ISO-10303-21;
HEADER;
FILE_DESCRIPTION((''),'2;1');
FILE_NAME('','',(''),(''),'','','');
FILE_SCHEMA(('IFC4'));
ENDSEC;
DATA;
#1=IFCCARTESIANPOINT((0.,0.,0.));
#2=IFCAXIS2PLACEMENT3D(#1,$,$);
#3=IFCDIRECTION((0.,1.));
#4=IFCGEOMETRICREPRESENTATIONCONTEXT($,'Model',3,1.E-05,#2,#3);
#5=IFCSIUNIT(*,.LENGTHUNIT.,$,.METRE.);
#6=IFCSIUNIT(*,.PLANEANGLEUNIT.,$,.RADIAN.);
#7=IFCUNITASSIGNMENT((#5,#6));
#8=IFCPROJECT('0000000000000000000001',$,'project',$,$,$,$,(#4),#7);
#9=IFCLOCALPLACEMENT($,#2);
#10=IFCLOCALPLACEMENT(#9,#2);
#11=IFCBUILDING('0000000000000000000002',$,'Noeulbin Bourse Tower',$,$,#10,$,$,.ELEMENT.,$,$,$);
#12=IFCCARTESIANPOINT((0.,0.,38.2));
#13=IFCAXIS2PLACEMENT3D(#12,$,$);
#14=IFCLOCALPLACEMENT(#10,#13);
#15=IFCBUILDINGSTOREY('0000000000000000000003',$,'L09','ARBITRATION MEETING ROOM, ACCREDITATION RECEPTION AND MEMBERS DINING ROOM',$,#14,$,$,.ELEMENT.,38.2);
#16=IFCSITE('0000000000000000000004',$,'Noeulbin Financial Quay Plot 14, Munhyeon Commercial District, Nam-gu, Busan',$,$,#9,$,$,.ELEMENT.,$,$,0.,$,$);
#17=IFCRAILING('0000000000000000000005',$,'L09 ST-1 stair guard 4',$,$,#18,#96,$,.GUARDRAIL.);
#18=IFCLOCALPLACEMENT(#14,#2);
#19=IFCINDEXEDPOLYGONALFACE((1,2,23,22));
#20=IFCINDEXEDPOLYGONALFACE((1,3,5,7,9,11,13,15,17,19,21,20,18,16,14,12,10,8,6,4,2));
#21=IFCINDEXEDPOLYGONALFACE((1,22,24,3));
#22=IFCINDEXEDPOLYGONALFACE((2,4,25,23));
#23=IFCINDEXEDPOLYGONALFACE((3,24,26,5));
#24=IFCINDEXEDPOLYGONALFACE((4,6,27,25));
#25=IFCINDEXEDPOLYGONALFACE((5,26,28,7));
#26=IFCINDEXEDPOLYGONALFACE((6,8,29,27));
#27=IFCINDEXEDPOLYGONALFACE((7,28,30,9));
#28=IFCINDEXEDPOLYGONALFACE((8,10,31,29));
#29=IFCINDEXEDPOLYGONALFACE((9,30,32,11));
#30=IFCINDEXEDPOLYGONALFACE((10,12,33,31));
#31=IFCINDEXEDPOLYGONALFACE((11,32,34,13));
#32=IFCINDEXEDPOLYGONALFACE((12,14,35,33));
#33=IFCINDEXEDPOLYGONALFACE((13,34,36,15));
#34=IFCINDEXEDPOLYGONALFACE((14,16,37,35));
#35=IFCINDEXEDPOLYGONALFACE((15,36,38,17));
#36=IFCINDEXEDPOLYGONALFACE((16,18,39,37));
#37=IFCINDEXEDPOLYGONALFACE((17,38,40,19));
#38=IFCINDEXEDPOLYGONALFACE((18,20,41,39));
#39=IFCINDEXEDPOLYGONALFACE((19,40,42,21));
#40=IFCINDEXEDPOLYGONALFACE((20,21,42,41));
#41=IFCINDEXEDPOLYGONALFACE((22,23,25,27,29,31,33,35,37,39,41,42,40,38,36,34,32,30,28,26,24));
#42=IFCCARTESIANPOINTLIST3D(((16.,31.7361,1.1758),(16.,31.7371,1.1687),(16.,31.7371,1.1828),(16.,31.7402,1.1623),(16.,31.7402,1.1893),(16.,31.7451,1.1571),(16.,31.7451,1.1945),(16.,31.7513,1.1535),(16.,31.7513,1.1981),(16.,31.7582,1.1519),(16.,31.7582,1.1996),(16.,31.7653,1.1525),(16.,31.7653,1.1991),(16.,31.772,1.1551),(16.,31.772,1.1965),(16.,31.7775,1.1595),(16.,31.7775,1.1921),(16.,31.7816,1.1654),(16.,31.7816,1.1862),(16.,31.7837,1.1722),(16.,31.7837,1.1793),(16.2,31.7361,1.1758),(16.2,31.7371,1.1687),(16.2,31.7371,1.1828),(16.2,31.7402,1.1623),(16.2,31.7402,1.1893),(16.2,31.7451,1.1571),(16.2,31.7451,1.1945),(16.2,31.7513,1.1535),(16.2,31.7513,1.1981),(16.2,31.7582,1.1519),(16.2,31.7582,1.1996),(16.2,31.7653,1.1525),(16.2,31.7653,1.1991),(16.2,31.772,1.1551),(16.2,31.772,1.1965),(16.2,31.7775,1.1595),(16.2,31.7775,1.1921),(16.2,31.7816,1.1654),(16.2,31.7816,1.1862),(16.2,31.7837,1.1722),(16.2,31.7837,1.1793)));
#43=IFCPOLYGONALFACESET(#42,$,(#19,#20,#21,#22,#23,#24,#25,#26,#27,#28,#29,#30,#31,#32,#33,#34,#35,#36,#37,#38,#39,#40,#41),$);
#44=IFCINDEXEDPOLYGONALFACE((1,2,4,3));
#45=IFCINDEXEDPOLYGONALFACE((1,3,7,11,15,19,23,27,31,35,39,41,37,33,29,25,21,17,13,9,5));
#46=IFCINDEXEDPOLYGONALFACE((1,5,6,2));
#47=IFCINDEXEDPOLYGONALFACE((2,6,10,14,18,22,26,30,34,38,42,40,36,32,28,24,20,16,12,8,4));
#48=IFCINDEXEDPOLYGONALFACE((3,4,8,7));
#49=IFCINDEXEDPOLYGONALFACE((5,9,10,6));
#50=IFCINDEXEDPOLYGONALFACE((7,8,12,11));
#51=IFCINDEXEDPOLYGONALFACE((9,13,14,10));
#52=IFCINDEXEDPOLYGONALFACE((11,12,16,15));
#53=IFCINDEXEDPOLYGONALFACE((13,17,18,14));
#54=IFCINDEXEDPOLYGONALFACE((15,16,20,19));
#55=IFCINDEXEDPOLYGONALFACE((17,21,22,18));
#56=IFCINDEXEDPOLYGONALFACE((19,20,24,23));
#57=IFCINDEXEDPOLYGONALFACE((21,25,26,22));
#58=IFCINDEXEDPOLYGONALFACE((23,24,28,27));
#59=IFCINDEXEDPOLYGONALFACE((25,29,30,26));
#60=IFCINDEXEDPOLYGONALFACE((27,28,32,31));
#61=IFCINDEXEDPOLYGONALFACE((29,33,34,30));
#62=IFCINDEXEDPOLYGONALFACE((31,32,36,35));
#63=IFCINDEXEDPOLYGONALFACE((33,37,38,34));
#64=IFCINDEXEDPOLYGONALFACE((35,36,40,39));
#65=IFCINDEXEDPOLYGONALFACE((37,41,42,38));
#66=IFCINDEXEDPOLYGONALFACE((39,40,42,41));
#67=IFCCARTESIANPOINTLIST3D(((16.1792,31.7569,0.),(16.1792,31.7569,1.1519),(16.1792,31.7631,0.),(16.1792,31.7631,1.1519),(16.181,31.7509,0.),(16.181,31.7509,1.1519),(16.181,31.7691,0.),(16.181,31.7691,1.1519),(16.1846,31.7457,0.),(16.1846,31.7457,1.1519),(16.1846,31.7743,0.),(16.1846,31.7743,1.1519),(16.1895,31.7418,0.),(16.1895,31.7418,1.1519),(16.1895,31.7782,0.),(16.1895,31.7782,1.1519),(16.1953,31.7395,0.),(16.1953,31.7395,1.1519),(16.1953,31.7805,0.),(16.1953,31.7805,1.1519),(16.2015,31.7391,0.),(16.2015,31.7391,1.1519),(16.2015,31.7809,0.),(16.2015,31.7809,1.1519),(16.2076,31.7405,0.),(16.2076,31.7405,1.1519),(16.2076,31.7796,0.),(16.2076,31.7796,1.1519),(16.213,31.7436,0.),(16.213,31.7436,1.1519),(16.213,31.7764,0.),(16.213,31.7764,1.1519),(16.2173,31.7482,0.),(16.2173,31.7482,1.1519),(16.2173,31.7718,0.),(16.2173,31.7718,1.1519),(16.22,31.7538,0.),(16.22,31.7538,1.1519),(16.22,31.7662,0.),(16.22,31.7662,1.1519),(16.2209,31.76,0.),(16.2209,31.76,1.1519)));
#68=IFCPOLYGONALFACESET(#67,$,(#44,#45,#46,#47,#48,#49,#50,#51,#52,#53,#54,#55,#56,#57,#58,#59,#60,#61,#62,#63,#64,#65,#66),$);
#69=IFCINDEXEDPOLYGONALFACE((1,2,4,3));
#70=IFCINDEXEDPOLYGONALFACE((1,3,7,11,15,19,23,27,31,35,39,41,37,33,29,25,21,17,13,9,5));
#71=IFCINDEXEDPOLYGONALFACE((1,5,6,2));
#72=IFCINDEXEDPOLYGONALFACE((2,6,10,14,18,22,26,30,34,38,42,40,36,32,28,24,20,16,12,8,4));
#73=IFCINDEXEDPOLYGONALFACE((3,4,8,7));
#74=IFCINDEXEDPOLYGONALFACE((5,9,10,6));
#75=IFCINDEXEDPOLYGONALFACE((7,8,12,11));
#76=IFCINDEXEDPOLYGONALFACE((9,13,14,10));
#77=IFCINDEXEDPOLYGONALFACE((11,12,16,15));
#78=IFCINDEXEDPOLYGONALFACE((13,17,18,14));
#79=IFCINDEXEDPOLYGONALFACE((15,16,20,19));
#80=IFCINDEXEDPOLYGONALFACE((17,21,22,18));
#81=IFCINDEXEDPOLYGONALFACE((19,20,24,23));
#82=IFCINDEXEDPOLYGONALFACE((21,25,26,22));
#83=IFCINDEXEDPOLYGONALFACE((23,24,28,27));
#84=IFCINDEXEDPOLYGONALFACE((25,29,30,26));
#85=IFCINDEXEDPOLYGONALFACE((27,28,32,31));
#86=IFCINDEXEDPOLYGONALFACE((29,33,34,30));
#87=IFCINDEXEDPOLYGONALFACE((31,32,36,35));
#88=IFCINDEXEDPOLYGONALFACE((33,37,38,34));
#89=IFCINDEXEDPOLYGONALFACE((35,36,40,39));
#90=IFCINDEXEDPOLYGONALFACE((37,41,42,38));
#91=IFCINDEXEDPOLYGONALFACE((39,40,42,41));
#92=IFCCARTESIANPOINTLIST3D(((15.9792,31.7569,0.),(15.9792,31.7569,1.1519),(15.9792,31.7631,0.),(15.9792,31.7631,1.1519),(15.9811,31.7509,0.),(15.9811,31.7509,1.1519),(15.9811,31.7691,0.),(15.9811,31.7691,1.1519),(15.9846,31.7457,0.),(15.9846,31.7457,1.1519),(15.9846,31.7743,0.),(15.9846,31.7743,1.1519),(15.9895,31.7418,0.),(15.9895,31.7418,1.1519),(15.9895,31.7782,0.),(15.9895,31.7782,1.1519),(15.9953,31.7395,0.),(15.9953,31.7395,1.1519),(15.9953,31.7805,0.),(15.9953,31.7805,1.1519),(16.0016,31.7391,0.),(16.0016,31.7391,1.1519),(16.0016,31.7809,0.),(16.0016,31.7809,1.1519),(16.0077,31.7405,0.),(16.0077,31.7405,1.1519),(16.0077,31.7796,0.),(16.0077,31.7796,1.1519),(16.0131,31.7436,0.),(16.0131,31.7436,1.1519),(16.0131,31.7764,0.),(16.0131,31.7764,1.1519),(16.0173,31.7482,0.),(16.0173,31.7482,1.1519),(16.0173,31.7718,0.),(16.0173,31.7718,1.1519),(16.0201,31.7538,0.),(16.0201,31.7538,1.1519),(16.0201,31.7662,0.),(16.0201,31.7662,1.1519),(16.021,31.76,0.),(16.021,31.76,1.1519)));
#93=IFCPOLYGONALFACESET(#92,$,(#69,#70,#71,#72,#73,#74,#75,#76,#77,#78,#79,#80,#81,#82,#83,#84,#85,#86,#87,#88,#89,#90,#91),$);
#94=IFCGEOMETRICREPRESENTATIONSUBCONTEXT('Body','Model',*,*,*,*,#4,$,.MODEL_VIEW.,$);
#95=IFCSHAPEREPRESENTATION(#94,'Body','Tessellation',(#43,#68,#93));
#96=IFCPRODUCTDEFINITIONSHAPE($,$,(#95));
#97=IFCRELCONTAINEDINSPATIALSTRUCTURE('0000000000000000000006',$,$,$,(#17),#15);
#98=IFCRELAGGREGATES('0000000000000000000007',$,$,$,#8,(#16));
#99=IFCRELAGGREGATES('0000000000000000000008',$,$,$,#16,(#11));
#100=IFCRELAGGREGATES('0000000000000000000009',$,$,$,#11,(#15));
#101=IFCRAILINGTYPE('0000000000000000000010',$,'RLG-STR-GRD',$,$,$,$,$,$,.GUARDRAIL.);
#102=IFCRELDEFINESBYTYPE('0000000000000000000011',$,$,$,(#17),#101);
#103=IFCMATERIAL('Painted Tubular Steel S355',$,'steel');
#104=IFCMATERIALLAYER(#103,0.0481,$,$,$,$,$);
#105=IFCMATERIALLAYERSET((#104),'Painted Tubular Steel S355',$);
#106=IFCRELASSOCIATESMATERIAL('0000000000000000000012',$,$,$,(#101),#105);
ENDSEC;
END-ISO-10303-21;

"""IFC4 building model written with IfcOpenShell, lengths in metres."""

from ifc_helpers import new_model, si_unit, direction, frame, origin, origin_2d, place, context, subcontext, project, spatial, circle, extrude, material, layer, layer_set, type_object, element, save


model = new_model("IFC4")

# Units and contexts
model_context = context("Model", 3, precision=1e-05, world=origin(), true_north=direction((0.0, 1.0)))
body_context = subcontext(model_context, "Body", "Model", "MODEL_VIEW")
ifc_project = project(units=[si_unit("LENGTHUNIT", "METRE"), si_unit("PLANEANGLEUNIT", "RADIAN")], contexts=[model_context])

# Site, building, storey
site_placement = place(None, origin())
site = spatial("IfcSite", under=ifc_project, at=site_placement, Name="Noeulbin Financial Quay Plot 14, Munhyeon Commercial District, Nam-gu, Busan", CompositionType="ELEMENT", RefElevation=0.0)
building_placement = place(site_placement, origin())
building = spatial("IfcBuilding", under=site, at=building_placement, Name="Noeulbin Bourse Tower", CompositionType="ELEMENT")
storey_placement = place(building_placement, frame((0.0, 0.0, 38.2)))
storey = spatial("IfcBuildingStorey", under=building, at=storey_placement, Name="L09", Description="ARBITRATION MEETING ROOM, ACCREDITATION RECEPTION AND MEMBERS DINING ROOM", CompositionType="ELEMENT", Elevation=38.2)

# Railing
ifc_material_1 = material(Name="Painted Tubular Steel S355", Category="steel")
ifc_layer_1 = layer(ifc_material_1, 0.0481)
ifc_layer_set_1 = layer_set([ifc_layer_1], Name="Painted Tubular Steel S355")
railing_type_1 = type_object("IfcRailingType", Name="RLG-STR-GRD", PredefinedType="GUARDRAIL", material=ifc_layer_set_1)
railing_1_placement = place(storey_placement, frame((16.2, 31.76, 0.0)))
element("IfcRailing", 1, at=railing_1_placement, inside=storey, type_object=railing_type_1, Name="L09 ST-1 stair guard 4", PredefinedType="GUARDRAIL", context=body_context, shape_type="SweptSolid", body=[
    extrude(circle(Radius=0.0239, at=origin_2d()), frame((0.0, 0.0, 1.1758), z_axis=(-1.0, 0.0, 0.0), x_axis=(0.0, -1.0, 0.0)), (0.0, 0.0, 1.0), 0.2),
    extrude(circle(Radius=0.021, at=origin_2d()), origin(), (0.0, 0.0, 1.0), 1.1519),
    extrude(circle(Radius=0.021, at=origin_2d()), frame((-0.2, 0.0, 0.0)), (0.0, 0.0, 1.0), 1.1519),
])

save(model, "model.ifc")
